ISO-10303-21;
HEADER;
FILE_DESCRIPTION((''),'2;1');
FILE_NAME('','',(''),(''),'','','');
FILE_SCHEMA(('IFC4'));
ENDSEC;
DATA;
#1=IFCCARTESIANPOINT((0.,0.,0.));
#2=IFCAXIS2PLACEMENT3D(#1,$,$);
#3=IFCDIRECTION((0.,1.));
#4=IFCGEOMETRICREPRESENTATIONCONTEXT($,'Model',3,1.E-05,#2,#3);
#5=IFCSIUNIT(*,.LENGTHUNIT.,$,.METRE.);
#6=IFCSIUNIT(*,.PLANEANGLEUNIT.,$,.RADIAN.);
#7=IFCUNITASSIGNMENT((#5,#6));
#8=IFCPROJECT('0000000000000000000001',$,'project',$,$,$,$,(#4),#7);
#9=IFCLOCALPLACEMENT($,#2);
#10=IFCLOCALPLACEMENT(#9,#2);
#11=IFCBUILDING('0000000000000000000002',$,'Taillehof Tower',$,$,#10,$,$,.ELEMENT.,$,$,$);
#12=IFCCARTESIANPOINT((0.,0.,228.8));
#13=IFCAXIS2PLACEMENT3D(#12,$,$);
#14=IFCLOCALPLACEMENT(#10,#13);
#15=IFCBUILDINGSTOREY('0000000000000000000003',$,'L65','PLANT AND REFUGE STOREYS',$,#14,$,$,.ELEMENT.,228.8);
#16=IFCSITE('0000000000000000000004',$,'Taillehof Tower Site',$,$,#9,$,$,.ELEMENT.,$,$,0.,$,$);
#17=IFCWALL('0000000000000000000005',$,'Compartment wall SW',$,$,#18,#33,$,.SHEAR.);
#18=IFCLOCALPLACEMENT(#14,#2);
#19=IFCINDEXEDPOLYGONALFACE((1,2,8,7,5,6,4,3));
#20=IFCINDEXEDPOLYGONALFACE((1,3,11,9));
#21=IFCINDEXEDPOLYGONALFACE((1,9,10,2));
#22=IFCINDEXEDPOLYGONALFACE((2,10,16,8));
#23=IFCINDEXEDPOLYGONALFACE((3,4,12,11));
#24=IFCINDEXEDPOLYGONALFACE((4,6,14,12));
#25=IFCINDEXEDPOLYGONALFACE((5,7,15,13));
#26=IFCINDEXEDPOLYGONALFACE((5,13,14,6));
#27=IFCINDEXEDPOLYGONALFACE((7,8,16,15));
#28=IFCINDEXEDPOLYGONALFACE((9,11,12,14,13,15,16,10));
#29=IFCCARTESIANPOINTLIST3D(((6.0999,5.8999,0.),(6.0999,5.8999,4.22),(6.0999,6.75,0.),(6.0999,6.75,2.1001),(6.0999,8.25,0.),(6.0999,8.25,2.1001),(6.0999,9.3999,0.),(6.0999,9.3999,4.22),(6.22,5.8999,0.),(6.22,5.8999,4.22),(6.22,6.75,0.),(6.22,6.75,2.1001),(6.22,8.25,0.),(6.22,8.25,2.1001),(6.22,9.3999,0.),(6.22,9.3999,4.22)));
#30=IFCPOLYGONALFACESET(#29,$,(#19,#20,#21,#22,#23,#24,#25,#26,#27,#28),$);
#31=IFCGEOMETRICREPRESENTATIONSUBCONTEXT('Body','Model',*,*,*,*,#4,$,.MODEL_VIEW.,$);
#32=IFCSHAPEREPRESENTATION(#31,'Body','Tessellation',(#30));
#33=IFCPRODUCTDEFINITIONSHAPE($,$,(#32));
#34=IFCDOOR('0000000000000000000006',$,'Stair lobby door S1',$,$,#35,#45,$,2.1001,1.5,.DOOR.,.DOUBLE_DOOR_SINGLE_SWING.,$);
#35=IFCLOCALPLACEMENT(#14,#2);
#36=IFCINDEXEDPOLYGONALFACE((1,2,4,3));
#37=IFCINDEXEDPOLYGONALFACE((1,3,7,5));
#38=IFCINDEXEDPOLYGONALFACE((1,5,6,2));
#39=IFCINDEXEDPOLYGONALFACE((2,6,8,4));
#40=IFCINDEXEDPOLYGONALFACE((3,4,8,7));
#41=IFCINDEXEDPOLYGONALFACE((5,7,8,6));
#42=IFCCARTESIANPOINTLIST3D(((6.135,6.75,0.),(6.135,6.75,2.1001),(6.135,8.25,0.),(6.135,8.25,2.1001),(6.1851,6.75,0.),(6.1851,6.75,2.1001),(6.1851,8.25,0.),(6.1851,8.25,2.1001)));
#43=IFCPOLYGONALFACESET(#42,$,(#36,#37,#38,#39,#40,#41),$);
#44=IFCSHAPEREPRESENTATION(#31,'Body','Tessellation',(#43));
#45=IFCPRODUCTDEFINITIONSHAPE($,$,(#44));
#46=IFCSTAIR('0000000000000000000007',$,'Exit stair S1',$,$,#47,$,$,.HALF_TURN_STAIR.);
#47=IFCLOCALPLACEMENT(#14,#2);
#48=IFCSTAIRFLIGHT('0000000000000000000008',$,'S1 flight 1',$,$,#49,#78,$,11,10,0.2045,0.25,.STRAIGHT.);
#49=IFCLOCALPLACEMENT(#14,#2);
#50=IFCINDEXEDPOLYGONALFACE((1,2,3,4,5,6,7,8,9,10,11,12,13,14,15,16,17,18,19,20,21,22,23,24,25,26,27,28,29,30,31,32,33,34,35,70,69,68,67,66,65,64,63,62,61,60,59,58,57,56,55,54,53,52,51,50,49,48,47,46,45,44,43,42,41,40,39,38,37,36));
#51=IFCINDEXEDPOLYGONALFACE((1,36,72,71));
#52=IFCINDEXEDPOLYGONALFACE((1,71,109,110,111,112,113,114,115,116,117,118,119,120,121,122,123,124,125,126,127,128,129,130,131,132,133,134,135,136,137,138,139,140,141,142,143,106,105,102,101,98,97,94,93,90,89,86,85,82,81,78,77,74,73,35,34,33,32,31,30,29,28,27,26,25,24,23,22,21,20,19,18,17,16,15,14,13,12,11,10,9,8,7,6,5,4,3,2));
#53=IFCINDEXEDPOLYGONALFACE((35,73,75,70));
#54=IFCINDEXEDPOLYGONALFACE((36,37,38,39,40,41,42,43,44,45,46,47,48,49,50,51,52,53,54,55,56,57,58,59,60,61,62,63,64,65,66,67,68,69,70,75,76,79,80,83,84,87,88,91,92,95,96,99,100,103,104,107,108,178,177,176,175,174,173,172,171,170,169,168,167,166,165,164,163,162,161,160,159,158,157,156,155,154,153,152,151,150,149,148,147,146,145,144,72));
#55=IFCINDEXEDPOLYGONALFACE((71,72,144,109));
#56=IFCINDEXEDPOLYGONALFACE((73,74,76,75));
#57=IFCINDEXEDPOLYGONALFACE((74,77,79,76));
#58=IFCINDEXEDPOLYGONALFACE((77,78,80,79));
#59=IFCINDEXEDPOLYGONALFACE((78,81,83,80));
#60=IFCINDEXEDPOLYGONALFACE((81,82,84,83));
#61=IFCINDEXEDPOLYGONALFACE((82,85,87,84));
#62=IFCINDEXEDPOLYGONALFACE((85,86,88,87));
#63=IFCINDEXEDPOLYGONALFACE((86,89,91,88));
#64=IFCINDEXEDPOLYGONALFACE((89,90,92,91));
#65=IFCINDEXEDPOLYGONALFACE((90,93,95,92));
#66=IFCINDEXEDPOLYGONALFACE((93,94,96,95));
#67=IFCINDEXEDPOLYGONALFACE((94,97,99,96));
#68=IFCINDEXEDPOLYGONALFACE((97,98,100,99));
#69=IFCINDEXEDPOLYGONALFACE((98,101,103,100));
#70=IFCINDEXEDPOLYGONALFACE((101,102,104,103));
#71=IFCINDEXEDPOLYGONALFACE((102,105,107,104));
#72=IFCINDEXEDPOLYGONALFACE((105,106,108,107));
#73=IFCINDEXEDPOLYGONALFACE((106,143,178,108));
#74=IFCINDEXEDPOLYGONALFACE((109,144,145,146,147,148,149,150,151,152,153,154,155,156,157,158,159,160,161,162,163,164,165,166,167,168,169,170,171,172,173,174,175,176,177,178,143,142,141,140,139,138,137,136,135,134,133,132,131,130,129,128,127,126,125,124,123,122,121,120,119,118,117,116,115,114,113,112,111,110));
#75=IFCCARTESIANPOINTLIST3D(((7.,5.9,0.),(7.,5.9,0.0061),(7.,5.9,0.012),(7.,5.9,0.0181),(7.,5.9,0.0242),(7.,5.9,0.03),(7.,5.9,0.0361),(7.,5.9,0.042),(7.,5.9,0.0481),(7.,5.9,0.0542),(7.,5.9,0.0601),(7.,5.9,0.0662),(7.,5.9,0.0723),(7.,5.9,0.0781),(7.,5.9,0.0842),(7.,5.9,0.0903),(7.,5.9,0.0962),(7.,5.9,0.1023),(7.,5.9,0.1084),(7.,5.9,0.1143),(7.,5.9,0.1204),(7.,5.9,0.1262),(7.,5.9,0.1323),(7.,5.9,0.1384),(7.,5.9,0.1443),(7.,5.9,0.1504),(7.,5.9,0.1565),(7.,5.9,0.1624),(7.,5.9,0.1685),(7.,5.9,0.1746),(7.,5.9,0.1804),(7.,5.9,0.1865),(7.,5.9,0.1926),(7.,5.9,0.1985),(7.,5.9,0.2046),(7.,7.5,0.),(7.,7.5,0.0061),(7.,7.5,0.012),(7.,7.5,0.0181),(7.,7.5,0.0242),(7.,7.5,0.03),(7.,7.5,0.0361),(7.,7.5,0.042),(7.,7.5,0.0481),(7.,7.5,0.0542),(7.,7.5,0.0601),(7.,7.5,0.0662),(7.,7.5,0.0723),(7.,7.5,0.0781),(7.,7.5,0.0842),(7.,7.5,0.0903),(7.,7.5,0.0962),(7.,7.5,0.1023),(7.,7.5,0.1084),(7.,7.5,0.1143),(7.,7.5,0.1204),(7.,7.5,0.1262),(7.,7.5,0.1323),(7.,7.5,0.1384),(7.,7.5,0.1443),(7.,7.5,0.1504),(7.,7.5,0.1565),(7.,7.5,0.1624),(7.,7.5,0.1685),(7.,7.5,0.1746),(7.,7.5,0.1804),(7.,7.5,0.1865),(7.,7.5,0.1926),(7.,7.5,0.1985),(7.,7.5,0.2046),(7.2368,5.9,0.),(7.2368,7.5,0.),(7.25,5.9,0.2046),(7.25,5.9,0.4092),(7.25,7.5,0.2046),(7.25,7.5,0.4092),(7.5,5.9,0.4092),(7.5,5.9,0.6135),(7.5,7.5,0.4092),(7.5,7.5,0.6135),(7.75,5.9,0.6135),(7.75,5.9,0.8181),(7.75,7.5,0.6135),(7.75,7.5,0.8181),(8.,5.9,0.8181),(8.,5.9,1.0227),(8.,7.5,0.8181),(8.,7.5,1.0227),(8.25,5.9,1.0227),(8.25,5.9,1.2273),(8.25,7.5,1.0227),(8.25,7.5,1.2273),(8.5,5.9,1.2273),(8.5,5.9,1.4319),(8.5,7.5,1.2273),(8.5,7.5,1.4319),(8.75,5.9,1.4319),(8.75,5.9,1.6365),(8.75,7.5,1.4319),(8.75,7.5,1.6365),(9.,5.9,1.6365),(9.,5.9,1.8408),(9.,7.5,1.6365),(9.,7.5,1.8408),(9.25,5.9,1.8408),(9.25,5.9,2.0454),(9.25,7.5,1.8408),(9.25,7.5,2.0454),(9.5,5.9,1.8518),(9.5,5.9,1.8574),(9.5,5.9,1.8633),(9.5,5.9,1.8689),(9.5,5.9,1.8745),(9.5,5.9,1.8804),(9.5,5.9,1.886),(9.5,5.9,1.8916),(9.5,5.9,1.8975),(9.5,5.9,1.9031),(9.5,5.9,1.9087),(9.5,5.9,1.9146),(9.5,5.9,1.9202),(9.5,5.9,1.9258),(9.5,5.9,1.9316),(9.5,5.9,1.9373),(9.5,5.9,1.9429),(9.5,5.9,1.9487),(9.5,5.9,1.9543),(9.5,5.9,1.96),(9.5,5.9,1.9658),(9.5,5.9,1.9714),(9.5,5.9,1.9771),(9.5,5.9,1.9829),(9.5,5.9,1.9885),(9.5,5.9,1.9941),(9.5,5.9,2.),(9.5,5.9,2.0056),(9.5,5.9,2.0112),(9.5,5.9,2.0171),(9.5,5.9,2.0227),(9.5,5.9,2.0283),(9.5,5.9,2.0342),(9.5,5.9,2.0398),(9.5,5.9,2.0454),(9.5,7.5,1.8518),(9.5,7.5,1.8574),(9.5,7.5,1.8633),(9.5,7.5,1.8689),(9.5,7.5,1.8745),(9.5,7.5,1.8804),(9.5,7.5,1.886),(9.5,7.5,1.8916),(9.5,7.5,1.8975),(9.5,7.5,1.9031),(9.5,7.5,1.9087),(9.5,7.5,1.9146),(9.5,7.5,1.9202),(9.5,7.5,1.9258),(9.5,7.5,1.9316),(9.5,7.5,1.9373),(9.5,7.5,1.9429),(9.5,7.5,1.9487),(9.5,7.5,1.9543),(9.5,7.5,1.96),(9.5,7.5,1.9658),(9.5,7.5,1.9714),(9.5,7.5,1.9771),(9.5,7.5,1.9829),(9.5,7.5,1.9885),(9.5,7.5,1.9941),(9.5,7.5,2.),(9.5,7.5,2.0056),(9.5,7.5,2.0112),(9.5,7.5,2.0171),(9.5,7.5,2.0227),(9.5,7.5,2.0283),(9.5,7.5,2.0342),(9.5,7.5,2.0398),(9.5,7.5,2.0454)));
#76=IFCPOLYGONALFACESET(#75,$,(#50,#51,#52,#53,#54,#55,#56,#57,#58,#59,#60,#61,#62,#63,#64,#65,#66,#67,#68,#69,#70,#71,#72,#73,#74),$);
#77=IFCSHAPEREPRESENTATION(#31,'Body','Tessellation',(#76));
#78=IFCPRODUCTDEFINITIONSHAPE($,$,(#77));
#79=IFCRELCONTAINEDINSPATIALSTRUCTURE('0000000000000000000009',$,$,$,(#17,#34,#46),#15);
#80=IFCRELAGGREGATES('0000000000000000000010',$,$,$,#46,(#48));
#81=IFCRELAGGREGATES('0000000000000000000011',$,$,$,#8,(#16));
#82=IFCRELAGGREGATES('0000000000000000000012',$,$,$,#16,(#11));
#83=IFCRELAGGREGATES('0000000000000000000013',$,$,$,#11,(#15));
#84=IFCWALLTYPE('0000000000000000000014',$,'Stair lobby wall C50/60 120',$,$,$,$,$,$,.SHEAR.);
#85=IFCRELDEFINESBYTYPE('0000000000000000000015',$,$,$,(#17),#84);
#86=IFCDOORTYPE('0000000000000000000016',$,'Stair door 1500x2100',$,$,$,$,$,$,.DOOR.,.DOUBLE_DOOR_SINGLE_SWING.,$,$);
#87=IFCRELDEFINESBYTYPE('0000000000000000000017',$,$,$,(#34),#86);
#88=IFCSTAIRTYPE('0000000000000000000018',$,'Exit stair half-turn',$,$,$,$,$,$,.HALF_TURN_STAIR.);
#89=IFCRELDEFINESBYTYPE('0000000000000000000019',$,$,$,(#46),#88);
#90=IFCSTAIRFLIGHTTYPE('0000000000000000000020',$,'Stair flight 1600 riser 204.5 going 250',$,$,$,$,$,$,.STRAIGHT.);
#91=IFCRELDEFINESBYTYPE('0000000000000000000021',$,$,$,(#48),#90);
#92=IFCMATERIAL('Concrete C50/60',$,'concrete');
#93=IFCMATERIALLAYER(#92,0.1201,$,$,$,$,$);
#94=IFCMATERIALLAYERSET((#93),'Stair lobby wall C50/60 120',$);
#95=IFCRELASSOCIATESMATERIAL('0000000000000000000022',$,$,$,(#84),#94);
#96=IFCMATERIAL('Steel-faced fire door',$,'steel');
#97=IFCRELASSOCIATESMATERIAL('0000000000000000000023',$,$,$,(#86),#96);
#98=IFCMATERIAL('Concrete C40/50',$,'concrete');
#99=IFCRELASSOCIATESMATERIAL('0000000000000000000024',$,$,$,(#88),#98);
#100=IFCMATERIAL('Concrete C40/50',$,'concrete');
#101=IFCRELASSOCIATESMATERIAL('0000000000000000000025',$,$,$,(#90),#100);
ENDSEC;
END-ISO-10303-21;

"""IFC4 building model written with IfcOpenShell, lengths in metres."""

from ifc_helpers import new_model, si_unit, direction, frame, frame_2d, origin, place, context, subcontext, project, spatial, polyline, rectangle, outline, extrude, material, layer, layer_set, type_object, element, fill, aggregate, save


model = new_model("IFC4")

# Units and contexts
model_context = context("Model", 3, precision=1e-05, world=origin(), true_north=direction((0.0, 1.0)))
body_context = subcontext(model_context, "Body", "Model", "MODEL_VIEW")
ifc_project = project(units=[si_unit("LENGTHUNIT", "METRE"), si_unit("PLANEANGLEUNIT", "RADIAN")], contexts=[model_context])

# Site, building, storey
site_placement = place(None, origin())
site = spatial("IfcSite", under=ifc_project, at=site_placement, Name="Taillehof Tower Site", CompositionType="ELEMENT", RefElevation=0.0)
building_placement = place(site_placement, origin())
building = spatial("IfcBuilding", under=site, at=building_placement, Name="Taillehof Tower", CompositionType="ELEMENT")
storey_placement = place(building_placement, frame((0.0, 0.0, 228.8)))
storey = spatial("IfcBuildingStorey", under=building, at=storey_placement, Name="L65", Description="PLANT AND REFUGE STOREYS", CompositionType="ELEMENT", Elevation=228.8)

# Wall, opening, door
ifc_material_1 = material(Name="Concrete C50/60", Category="concrete")
ifc_layer_1 = layer(ifc_material_1, 0.1201)
ifc_layer_set_1 = layer_set([ifc_layer_1], Name="Stair lobby wall C50/60 120")
wall_type_1 = type_object("IfcWallType", Name="Stair lobby wall C50/60 120", PredefinedType="SHEAR", material=ifc_layer_set_1)
wall_1_placement = place(storey_placement, frame((6.1599, 5.8999, 0.0), z_axis=(0.0, 0.0, 1.0), x_axis=(0.0, 1.0, 0.0)))
wall_1 = element("IfcWall", 1, at=wall_1_placement, inside=storey, type_object=wall_type_1, Name="Compartment wall SW", PredefinedType="SHEAR", context=body_context, shape_type="SweptSolid", body=[
    extrude(rectangle(XDim=3.5, YDim=0.1201, at=frame_2d((1.75, 0.0))), origin(), (0.0, 0.0, 1.0), 4.22),
])
opening_1_placement = place(wall_1_placement, frame((0.8501, 0.0, 0.0)))
opening_1 = element("IfcOpeningElement", 2, at=opening_1_placement, cuts=wall_1, PredefinedType="OPENING", context=body_context, shape_type="SweptSolid", body=[
    extrude(rectangle(XDim=1.5, YDim=2.1001, at=frame_2d((0.75, 1.05))), frame((0.0, 0.0701, 0.0), z_axis=(0.0, -1.0, 0.0), x_axis=(1.0, 0.0, 0.0)), (0.0, 0.0, 1.0), 0.1401),
])
ifc_material_2 = material(Name="Steel-faced fire door", Category="steel")
door_type_1 = type_object("IfcDoorType", Name="Stair door 1500x2100", OperationType="DOUBLE_DOOR_SINGLE_SWING", PredefinedType="DOOR", material=ifc_material_2)
door_1_placement = place(opening_1_placement, origin())
door_1 = element("IfcDoor", 3, at=door_1_placement, inside=storey, type_object=door_type_1, Name="Stair lobby door S1", OperationType="DOUBLE_DOOR_SINGLE_SWING", OverallHeight=2.1001, OverallWidth=1.5, PredefinedType="DOOR", context=body_context, shape_type="SweptSolid", body=[
    extrude(rectangle(XDim=1.5, YDim=2.1001, at=frame_2d((0.75, 1.05))), frame((0.0, 0.0249, 0.0), z_axis=(0.0, -1.0, 0.0), x_axis=(1.0, 0.0, 0.0)), (0.0, 0.0, 1.0), 0.05),
])
fill(opening_1, door_1)

# Stair, stair flight
ifc_material_3 = material(Name="Concrete C40/50", Category="concrete")
stair_type = type_object("IfcStairType", Name="Exit stair half-turn", PredefinedType="HALF_TURN_STAIR", material=ifc_material_3)
stair_placement = place(storey_placement, origin())
stair = element("IfcStair", 4, at=stair_placement, inside=storey, type_object=stair_type, Name="Exit stair S1", PredefinedType="HALF_TURN_STAIR")
ifc_material_4 = material(Name="Concrete C40/50", Category="concrete")
stair_flight_type = type_object("IfcStairFlightType", Name="Stair flight 1600 riser 204.5 going 250", PredefinedType="STRAIGHT", material=ifc_material_4)
stair_flight_1_placement = place(storey_placement, frame((7.0, 6.7, 0.0), z_axis=(0.0, 0.0, 1.0), x_axis=(1.0, 0.0, 0.0)))
stair_flight_1 = element("IfcStairFlight", 5, at=stair_flight_1_placement, type_object=stair_flight_type, Name="S1 flight 1", NumberOfRisers=11, NumberOfTreads=10, PredefinedType="STRAIGHT", RiserHeight=0.2045, TreadLength=0.25, context=body_context, shape_type="SweptSolid", body=[
    extrude(outline(polyline([(0.0, 0.0), (0.0, 0.0061), (0.0, 0.012), (0.0, 0.0181), (0.0, 0.0242), (0.0, 0.03), (0.0, 0.0361), (0.0, 0.042), (0.0, 0.0481), (0.0, 0.0542), (0.0, 0.0601), (0.0, 0.0662), (0.0, 0.0723), (0.0, 0.0781), (0.0, 0.0842), (0.0, 0.0903), (0.0, 0.0962), (0.0, 0.1023), (0.0, 0.1084), (0.0, 0.1143), (0.0, 0.1204), (0.0, 0.1262), (0.0, 0.1323), (0.0, 0.1384), (0.0, 0.1443), (0.0, 0.1504), (0.0, 0.1565), (0.0, 0.1624), (0.0, 0.1685), (0.0, 0.1746), (0.0, 0.1804), (0.0, 0.1865), (0.0, 0.1926), (0.0, 0.1985), (0.0, 0.2046), (0.25, 0.2046), (0.25, 0.4092), (0.5, 0.4092), (0.5, 0.6135), (0.75, 0.6135), (0.75, 0.8181), (1.0, 0.8181), (1.0, 1.0227), (1.25, 1.0227), (1.25, 1.2273), (1.5, 1.2273), (1.5, 1.4319), (1.75, 1.4319), (1.75, 1.6365), (2.0, 1.6365), (2.0, 1.8408), (2.25, 1.8408), (2.25, 2.0454), (2.5, 2.0454), (2.5, 2.0398), (2.5, 2.0342), (2.5, 2.0283), (2.5, 2.0227), (2.5, 2.0171), (2.5, 2.0112), (2.5, 2.0056), (2.5, 2.0), (2.5, 1.9941), (2.5, 1.9885), (2.5, 1.9829), (2.5, 1.9771), (2.5, 1.9714), (2.5, 1.9658), (2.5, 1.96), (2.5, 1.9543), (2.5, 1.9487), (2.5, 1.9429), (2.5, 1.9373), (2.5, 1.9316), (2.5, 1.9258), (2.5, 1.9202), (2.5, 1.9146), (2.5, 1.9087), (2.5, 1.9031), (2.5, 1.8975), (2.5, 1.8916), (2.5, 1.886), (2.5, 1.8804), (2.5, 1.8745), (2.5, 1.8689), (2.5, 1.8633), (2.5, 1.8574), (2.5, 1.8518), (0.2368, 0.0), (0.0, 0.0)])), frame((0.0, 0.8, 0.0), z_axis=(0.0, -1.0, 0.0), x_axis=(1.0, 0.0, 0.0)), (0.0, 0.0, 1.0), 1.6),
])
aggregate(stair, [stair_flight_1])

save(model, "model.ifc")
